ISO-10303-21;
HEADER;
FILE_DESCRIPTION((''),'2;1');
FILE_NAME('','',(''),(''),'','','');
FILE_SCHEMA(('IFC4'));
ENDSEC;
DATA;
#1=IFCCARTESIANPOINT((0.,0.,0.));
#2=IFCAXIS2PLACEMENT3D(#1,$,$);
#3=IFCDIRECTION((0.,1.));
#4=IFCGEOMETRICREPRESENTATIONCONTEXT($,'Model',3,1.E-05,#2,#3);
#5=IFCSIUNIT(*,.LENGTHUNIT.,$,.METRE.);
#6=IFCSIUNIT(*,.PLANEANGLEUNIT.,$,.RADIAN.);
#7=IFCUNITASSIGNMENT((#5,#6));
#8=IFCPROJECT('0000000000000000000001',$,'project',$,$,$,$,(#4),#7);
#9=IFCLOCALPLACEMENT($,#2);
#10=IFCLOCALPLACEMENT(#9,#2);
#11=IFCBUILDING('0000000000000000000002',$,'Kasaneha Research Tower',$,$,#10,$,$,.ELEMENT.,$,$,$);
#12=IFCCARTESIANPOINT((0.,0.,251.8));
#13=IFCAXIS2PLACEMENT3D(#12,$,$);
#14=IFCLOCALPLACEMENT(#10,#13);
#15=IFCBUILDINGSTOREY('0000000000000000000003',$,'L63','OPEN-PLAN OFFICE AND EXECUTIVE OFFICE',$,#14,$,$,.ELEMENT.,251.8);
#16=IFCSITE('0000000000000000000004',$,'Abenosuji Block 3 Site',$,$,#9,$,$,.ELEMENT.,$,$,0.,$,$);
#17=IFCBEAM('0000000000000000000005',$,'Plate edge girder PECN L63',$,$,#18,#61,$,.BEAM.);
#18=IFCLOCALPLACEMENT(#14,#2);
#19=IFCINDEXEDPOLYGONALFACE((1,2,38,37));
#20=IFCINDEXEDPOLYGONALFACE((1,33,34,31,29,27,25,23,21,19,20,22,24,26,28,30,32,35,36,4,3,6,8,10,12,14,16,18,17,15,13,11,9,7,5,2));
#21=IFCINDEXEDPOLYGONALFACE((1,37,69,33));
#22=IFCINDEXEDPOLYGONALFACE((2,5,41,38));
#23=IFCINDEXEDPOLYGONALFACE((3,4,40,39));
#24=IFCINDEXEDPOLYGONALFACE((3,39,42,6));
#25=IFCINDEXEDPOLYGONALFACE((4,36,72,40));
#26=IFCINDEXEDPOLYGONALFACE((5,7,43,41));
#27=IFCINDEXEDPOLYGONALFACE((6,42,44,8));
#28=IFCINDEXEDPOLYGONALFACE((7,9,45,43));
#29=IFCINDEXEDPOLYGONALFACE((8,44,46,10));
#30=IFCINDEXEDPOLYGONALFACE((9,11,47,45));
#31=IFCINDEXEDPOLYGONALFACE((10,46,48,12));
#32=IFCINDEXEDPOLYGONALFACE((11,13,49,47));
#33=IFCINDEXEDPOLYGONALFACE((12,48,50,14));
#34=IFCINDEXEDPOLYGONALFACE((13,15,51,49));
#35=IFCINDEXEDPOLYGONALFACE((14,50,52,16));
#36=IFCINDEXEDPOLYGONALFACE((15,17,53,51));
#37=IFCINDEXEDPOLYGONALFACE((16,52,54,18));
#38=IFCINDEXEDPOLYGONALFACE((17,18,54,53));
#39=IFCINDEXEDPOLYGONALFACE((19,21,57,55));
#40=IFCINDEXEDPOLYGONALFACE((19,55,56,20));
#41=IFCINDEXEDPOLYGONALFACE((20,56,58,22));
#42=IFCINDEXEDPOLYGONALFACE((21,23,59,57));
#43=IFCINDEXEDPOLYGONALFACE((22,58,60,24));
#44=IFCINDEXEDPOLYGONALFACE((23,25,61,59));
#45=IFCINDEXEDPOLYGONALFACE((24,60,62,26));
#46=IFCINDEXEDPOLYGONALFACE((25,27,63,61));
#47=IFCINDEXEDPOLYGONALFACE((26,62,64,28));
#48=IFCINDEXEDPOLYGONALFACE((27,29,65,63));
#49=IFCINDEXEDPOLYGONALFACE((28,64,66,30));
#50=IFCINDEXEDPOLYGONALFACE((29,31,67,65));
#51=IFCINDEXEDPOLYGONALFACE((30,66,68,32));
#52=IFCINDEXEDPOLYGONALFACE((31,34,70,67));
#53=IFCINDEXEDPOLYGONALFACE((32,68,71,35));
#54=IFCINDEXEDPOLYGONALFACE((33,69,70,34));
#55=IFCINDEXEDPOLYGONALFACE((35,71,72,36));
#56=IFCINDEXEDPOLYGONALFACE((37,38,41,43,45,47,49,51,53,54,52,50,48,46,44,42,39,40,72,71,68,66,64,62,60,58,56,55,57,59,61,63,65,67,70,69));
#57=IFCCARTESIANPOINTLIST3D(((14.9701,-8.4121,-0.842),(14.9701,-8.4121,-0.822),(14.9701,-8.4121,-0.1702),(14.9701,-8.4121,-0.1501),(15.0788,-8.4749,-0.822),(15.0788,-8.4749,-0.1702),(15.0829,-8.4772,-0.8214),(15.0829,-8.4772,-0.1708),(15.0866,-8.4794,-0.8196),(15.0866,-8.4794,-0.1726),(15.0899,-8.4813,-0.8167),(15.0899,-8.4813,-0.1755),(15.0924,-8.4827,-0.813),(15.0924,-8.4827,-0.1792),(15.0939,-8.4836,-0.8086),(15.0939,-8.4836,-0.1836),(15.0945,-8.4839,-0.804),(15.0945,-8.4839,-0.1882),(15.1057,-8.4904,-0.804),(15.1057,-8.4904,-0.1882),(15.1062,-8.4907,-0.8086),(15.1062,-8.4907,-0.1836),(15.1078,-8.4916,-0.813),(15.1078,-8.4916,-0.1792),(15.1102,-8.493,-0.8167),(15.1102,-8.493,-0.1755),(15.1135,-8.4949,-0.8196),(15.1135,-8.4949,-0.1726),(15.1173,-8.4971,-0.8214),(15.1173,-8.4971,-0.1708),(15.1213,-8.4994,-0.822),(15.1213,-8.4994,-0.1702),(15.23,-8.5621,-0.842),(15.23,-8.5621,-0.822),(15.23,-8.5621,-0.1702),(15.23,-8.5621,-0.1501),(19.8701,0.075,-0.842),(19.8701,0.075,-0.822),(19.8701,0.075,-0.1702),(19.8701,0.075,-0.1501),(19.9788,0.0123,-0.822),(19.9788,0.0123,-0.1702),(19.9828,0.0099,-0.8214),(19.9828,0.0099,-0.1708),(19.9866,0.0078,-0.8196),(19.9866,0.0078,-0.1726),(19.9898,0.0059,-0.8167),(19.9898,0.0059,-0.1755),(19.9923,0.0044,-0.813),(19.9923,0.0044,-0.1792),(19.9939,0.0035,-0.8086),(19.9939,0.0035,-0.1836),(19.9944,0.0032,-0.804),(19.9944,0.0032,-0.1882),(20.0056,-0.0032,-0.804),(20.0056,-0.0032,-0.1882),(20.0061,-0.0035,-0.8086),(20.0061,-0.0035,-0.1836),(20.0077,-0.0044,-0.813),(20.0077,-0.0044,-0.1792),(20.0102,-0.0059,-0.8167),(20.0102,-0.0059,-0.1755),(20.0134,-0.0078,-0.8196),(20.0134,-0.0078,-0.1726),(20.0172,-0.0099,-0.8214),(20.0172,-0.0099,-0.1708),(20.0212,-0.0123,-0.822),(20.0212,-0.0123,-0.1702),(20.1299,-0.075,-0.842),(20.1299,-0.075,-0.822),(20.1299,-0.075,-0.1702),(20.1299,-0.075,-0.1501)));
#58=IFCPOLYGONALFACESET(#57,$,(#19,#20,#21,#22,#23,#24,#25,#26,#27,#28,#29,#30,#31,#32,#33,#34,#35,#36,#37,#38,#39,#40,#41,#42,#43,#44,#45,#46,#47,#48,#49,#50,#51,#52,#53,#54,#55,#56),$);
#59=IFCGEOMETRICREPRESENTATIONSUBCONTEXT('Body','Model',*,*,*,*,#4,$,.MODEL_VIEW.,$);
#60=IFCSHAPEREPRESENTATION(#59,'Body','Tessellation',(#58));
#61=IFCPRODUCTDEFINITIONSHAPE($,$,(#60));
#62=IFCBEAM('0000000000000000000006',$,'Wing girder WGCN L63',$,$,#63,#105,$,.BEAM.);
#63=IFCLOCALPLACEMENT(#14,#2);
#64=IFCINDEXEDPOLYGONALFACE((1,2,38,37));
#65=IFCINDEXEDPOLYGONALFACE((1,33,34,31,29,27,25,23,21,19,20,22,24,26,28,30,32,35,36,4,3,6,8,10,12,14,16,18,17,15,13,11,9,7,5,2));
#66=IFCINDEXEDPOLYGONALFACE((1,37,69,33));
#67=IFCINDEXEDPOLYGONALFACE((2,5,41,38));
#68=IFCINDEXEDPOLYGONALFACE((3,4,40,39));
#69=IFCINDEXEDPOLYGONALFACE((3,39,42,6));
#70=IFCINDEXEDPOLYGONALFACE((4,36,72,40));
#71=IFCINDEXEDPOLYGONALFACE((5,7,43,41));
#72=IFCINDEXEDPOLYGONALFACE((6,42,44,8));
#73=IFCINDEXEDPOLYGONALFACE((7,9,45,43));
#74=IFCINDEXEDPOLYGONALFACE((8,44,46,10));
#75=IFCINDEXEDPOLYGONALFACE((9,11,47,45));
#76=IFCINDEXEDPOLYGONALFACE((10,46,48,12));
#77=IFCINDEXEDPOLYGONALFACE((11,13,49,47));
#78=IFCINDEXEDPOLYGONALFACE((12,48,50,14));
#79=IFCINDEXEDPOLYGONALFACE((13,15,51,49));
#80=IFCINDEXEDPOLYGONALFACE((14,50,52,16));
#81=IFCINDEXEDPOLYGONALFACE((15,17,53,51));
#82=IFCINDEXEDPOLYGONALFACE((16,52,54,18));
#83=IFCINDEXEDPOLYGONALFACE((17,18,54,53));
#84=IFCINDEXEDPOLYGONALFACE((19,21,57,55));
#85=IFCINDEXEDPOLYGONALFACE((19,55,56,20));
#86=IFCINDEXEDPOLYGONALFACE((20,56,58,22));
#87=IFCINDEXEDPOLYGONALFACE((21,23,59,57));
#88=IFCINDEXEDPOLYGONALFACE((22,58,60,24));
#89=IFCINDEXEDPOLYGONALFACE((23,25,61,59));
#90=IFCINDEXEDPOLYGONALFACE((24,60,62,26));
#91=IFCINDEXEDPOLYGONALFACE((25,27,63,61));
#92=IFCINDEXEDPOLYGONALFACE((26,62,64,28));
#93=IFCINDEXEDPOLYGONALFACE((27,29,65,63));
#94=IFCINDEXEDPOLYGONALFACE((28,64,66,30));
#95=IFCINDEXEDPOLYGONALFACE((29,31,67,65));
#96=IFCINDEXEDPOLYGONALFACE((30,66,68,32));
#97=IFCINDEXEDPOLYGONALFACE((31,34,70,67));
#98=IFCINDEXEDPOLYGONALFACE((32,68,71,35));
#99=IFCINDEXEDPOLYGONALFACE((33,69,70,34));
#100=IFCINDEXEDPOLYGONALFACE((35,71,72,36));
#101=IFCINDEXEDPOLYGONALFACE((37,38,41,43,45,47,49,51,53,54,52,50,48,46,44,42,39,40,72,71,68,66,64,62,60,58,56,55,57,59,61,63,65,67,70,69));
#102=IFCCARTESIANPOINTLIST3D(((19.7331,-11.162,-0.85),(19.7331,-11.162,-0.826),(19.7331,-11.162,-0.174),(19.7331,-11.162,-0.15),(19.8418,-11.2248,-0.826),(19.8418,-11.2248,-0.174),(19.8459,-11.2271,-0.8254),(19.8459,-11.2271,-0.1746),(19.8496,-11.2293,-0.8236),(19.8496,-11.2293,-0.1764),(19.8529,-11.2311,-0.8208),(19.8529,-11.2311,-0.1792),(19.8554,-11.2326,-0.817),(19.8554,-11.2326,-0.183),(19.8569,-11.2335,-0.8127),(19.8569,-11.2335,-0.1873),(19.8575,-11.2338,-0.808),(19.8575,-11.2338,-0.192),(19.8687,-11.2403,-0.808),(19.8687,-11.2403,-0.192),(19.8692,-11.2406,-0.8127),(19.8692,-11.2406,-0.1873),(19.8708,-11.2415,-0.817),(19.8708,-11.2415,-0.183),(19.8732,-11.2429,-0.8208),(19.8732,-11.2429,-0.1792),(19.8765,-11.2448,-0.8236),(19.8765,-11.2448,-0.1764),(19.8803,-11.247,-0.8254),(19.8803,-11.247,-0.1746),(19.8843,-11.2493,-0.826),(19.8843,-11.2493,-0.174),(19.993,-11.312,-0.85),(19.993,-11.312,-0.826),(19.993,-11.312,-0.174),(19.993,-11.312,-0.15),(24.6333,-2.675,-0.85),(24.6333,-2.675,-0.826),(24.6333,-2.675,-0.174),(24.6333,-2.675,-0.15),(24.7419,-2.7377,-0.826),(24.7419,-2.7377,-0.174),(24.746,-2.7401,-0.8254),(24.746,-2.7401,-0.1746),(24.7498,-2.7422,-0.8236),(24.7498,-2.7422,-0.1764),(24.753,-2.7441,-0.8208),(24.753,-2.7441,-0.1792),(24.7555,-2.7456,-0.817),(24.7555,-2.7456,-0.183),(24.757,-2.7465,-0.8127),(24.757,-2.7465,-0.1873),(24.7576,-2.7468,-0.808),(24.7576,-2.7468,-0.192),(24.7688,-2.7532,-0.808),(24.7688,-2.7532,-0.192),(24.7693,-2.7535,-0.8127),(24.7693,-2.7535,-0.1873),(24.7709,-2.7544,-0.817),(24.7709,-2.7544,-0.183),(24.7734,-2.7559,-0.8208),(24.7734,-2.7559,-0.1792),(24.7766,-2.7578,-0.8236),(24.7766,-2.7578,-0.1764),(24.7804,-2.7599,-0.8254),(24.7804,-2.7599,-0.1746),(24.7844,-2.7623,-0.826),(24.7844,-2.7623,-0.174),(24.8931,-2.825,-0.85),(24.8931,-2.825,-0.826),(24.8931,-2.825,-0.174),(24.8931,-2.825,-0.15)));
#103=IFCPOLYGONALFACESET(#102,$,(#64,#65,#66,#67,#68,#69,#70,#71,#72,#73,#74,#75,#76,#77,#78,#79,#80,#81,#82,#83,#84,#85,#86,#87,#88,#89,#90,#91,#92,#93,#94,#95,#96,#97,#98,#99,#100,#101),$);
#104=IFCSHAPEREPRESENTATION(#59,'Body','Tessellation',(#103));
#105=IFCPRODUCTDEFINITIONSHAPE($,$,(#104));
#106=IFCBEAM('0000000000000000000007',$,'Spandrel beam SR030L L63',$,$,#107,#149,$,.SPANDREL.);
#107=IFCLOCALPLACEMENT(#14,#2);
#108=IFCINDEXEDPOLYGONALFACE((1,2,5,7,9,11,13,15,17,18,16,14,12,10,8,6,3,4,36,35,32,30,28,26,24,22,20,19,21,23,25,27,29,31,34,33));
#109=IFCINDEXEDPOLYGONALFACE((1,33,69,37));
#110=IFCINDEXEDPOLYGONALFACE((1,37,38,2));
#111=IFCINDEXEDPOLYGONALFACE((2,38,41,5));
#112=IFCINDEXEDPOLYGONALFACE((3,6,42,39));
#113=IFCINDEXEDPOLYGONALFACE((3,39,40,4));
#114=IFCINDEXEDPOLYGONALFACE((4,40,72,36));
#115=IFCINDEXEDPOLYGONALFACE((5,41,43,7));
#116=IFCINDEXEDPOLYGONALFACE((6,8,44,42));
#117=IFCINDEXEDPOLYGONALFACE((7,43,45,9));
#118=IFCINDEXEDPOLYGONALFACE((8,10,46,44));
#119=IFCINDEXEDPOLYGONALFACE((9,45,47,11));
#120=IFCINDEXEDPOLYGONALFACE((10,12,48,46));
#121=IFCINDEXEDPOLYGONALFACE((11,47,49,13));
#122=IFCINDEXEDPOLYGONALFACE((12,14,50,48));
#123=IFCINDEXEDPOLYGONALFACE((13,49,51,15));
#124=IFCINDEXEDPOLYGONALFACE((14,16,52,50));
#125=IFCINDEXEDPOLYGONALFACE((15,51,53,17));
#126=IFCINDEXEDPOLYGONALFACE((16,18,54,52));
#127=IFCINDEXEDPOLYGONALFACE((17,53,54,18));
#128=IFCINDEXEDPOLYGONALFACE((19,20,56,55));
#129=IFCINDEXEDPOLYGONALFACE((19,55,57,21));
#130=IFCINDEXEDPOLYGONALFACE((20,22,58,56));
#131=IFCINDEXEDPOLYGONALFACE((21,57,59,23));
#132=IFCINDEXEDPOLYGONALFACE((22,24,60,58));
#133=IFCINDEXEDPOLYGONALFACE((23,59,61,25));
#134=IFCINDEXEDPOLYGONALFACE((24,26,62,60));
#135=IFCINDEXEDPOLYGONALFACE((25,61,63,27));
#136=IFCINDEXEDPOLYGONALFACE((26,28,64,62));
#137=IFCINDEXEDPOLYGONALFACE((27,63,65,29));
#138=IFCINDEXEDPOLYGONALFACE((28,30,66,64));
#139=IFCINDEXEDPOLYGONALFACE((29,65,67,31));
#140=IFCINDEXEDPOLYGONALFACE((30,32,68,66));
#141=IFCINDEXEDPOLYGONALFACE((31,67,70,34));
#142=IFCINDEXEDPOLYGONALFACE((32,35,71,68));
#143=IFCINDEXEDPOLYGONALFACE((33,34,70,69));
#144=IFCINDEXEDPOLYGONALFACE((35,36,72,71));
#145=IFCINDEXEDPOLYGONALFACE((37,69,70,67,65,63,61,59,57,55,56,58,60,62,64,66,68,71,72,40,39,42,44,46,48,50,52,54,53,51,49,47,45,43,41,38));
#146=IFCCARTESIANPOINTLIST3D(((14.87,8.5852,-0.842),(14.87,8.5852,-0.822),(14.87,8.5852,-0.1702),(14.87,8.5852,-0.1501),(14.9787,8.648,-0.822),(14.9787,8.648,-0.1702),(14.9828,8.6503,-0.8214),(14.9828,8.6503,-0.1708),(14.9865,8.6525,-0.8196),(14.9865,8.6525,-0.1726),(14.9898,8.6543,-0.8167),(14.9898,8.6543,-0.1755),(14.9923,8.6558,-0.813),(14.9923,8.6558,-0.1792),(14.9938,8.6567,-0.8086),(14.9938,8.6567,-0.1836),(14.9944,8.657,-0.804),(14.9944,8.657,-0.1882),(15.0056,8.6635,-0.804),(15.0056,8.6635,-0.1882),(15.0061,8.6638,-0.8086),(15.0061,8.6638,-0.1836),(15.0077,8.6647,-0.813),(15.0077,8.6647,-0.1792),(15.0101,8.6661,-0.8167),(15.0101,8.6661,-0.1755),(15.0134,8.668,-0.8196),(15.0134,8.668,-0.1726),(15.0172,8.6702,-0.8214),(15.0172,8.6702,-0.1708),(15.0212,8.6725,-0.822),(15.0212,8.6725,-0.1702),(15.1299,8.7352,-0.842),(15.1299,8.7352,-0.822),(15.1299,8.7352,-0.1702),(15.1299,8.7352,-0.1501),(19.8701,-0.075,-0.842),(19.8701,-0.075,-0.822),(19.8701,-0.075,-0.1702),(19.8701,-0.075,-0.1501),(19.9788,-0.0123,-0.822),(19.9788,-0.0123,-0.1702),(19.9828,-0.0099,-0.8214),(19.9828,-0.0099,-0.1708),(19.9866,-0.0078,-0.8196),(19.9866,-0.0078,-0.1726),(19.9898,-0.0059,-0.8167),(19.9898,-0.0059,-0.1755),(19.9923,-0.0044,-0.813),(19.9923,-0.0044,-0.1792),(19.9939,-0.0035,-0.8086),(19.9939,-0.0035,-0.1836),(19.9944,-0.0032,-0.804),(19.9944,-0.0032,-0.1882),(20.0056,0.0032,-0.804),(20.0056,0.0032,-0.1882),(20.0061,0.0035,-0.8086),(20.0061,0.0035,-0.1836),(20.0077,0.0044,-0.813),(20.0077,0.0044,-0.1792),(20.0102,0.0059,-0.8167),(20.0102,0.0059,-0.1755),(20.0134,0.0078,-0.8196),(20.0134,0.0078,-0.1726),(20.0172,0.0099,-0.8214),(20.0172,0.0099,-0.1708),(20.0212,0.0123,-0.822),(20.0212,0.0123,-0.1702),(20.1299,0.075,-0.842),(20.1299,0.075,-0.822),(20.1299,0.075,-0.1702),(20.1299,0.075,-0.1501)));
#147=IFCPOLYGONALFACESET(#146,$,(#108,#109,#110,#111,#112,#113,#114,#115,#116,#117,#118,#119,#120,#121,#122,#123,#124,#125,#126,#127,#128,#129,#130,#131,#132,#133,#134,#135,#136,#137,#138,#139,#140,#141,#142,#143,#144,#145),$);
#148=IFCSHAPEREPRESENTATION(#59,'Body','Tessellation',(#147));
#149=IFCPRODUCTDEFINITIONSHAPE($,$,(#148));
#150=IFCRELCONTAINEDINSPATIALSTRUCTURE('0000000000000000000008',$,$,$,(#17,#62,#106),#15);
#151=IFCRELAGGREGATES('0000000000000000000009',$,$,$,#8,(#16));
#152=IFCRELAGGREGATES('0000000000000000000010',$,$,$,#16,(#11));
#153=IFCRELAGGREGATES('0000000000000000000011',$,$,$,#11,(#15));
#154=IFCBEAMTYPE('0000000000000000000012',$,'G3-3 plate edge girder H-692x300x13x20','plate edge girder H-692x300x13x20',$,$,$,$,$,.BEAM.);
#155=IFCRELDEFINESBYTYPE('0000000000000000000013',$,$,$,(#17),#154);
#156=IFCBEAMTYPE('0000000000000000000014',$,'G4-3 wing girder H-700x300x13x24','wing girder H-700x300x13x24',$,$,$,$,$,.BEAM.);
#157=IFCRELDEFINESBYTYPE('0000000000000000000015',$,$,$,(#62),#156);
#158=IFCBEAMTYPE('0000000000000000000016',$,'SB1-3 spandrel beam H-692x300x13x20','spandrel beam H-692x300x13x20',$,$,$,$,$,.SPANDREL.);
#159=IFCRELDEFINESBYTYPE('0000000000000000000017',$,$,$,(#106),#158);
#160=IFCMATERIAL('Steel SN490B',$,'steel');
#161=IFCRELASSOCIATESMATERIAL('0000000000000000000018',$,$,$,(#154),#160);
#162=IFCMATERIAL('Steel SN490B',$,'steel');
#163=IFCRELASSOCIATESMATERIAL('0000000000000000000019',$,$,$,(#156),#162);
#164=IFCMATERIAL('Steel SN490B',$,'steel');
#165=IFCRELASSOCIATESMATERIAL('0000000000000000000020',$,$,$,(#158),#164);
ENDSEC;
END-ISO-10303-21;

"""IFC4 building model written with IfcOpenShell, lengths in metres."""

from ifc_helpers import new_model, si_unit, direction, frame, origin, origin_2d, place, context, subcontext, project, spatial, i_section, extrude, material, material_profile, profile_set, type_object, element, save


model = new_model("IFC4")

# Units and contexts
model_context = context("Model", 3, precision=1e-05, world=origin(), true_north=direction((0.0, 1.0)))
body_context = subcontext(model_context, "Body", "Model", "MODEL_VIEW")
ifc_project = project(units=[si_unit("LENGTHUNIT", "METRE"), si_unit("PLANEANGLEUNIT", "RADIAN")], contexts=[model_context])

# Site, building, storey
site_placement = place(None, origin())
site = spatial("IfcSite", under=ifc_project, at=site_placement, Name="Abenosuji Block 3 Site", CompositionType="ELEMENT", RefElevation=0.0)
building_placement = place(site_placement, origin())
building = spatial("IfcBuilding", under=site, at=building_placement, Name="Kasaneha Research Tower", CompositionType="ELEMENT")
storey_placement = place(building_placement, frame((0.0, 0.0, 251.8)))
storey = spatial("IfcBuildingStorey", under=building, at=storey_placement, Name="L63", Description="OPEN-PLAN OFFICE AND EXECUTIVE OFFICE", CompositionType="ELEMENT", Elevation=251.8)

# Beams
ifc_material_1 = material(Name="Steel SN490B", Category="steel")
ifc_material_profile_1 = material_profile(ifc_material_1, i_section(OverallWidth=0.3, OverallDepth=0.6919, WebThickness=0.0129, FlangeThickness=0.02, FilletRadius=0.0181, at=origin_2d()), Name="H-692x300x13x20")
ifc_profile_set_1 = profile_set([ifc_material_profile_1], Name="Steel SN490B")
beam_type_1 = type_object("IfcBeamType", Name="G3-3 plate edge girder H-692x300x13x20", Description="plate edge girder H-692x300x13x20", PredefinedType="BEAM", material=ifc_profile_set_1)
beam_1_placement = place(storey_placement, frame((20.0, 0.0, -0.4961), z_axis=(-0.499992, -0.86603, 0.0), x_axis=(0.86603, -0.499992, 0.0)))
element("IfcBeam", 1, at=beam_1_placement, inside=storey, type_object=beam_type_1, Name="Plate edge girder PECN L63", PredefinedType="BEAM", context=body_context, shape_type="SweptSolid", body=[
    extrude(i_section(OverallWidth=0.3, OverallDepth=0.6919, WebThickness=0.0129, FlangeThickness=0.02, FilletRadius=0.0181, at=origin_2d()), origin(), (0.0, 0.0, 1.0), 9.8),
])
ifc_material_2 = material(Name="Steel SN490B", Category="steel")
ifc_material_profile_2 = material_profile(ifc_material_2, i_section(OverallWidth=0.3, OverallDepth=0.7, WebThickness=0.0129, FlangeThickness=0.0239, FilletRadius=0.0181, at=origin_2d()), Name="H-700x300x13x24")
ifc_profile_set_2 = profile_set([ifc_material_profile_2], Name="Steel SN490B")
beam_type_2 = type_object("IfcBeamType", Name="G4-3 wing girder H-700x300x13x24", Description="wing girder H-700x300x13x24", PredefinedType="BEAM", material=ifc_profile_set_2)
beam_2_placement = place(storey_placement, frame((24.7632, -2.75, -0.5), z_axis=(-0.500011, -0.866019, 0.0), x_axis=(0.866019, -0.500011, 0.0)))
element("IfcBeam", 2, at=beam_2_placement, inside=storey, type_object=beam_type_2, Name="Wing girder WGCN L63", PredefinedType="BEAM", context=body_context, shape_type="SweptSolid", body=[
    extrude(i_section(OverallWidth=0.3, OverallDepth=0.7, WebThickness=0.0129, FlangeThickness=0.0239, FilletRadius=0.0181, at=origin_2d()), origin(), (0.0, 0.0, 1.0), 9.8),
])
ifc_material_3 = material(Name="Steel SN490B", Category="steel")
ifc_material_profile_3 = material_profile(ifc_material_3, i_section(OverallWidth=0.3, OverallDepth=0.6919, WebThickness=0.0129, FlangeThickness=0.02, FilletRadius=0.0181, at=origin_2d()), Name="H-692x300x13x20")
ifc_profile_set_3 = profile_set([ifc_material_profile_3], Name="Steel SN490B")
beam_type_3 = type_object("IfcBeamType", Name="SB1-3 spandrel beam H-692x300x13x20", Description="spandrel beam H-692x300x13x20", PredefinedType="SPANDREL", material=ifc_profile_set_3)
beam_3_placement = place(storey_placement, frame((20.0, 0.0, -0.4961), z_axis=(-0.500004, 0.866023, 0.0), x_axis=(-0.866023, -0.500004, 0.0)))
element("IfcBeam", 3, at=beam_3_placement, inside=storey, type_object=beam_type_3, Name="Spandrel beam SR030L L63", PredefinedType="SPANDREL", context=body_context, shape_type="SweptSolid", body=[
    extrude(i_section(OverallWidth=0.3, OverallDepth=0.6919, WebThickness=0.0129, FlangeThickness=0.02, FilletRadius=0.0181, at=origin_2d()), origin(), (0.0, 0.0, 1.0), 10.0),
])

save(model, "model.ifc")
